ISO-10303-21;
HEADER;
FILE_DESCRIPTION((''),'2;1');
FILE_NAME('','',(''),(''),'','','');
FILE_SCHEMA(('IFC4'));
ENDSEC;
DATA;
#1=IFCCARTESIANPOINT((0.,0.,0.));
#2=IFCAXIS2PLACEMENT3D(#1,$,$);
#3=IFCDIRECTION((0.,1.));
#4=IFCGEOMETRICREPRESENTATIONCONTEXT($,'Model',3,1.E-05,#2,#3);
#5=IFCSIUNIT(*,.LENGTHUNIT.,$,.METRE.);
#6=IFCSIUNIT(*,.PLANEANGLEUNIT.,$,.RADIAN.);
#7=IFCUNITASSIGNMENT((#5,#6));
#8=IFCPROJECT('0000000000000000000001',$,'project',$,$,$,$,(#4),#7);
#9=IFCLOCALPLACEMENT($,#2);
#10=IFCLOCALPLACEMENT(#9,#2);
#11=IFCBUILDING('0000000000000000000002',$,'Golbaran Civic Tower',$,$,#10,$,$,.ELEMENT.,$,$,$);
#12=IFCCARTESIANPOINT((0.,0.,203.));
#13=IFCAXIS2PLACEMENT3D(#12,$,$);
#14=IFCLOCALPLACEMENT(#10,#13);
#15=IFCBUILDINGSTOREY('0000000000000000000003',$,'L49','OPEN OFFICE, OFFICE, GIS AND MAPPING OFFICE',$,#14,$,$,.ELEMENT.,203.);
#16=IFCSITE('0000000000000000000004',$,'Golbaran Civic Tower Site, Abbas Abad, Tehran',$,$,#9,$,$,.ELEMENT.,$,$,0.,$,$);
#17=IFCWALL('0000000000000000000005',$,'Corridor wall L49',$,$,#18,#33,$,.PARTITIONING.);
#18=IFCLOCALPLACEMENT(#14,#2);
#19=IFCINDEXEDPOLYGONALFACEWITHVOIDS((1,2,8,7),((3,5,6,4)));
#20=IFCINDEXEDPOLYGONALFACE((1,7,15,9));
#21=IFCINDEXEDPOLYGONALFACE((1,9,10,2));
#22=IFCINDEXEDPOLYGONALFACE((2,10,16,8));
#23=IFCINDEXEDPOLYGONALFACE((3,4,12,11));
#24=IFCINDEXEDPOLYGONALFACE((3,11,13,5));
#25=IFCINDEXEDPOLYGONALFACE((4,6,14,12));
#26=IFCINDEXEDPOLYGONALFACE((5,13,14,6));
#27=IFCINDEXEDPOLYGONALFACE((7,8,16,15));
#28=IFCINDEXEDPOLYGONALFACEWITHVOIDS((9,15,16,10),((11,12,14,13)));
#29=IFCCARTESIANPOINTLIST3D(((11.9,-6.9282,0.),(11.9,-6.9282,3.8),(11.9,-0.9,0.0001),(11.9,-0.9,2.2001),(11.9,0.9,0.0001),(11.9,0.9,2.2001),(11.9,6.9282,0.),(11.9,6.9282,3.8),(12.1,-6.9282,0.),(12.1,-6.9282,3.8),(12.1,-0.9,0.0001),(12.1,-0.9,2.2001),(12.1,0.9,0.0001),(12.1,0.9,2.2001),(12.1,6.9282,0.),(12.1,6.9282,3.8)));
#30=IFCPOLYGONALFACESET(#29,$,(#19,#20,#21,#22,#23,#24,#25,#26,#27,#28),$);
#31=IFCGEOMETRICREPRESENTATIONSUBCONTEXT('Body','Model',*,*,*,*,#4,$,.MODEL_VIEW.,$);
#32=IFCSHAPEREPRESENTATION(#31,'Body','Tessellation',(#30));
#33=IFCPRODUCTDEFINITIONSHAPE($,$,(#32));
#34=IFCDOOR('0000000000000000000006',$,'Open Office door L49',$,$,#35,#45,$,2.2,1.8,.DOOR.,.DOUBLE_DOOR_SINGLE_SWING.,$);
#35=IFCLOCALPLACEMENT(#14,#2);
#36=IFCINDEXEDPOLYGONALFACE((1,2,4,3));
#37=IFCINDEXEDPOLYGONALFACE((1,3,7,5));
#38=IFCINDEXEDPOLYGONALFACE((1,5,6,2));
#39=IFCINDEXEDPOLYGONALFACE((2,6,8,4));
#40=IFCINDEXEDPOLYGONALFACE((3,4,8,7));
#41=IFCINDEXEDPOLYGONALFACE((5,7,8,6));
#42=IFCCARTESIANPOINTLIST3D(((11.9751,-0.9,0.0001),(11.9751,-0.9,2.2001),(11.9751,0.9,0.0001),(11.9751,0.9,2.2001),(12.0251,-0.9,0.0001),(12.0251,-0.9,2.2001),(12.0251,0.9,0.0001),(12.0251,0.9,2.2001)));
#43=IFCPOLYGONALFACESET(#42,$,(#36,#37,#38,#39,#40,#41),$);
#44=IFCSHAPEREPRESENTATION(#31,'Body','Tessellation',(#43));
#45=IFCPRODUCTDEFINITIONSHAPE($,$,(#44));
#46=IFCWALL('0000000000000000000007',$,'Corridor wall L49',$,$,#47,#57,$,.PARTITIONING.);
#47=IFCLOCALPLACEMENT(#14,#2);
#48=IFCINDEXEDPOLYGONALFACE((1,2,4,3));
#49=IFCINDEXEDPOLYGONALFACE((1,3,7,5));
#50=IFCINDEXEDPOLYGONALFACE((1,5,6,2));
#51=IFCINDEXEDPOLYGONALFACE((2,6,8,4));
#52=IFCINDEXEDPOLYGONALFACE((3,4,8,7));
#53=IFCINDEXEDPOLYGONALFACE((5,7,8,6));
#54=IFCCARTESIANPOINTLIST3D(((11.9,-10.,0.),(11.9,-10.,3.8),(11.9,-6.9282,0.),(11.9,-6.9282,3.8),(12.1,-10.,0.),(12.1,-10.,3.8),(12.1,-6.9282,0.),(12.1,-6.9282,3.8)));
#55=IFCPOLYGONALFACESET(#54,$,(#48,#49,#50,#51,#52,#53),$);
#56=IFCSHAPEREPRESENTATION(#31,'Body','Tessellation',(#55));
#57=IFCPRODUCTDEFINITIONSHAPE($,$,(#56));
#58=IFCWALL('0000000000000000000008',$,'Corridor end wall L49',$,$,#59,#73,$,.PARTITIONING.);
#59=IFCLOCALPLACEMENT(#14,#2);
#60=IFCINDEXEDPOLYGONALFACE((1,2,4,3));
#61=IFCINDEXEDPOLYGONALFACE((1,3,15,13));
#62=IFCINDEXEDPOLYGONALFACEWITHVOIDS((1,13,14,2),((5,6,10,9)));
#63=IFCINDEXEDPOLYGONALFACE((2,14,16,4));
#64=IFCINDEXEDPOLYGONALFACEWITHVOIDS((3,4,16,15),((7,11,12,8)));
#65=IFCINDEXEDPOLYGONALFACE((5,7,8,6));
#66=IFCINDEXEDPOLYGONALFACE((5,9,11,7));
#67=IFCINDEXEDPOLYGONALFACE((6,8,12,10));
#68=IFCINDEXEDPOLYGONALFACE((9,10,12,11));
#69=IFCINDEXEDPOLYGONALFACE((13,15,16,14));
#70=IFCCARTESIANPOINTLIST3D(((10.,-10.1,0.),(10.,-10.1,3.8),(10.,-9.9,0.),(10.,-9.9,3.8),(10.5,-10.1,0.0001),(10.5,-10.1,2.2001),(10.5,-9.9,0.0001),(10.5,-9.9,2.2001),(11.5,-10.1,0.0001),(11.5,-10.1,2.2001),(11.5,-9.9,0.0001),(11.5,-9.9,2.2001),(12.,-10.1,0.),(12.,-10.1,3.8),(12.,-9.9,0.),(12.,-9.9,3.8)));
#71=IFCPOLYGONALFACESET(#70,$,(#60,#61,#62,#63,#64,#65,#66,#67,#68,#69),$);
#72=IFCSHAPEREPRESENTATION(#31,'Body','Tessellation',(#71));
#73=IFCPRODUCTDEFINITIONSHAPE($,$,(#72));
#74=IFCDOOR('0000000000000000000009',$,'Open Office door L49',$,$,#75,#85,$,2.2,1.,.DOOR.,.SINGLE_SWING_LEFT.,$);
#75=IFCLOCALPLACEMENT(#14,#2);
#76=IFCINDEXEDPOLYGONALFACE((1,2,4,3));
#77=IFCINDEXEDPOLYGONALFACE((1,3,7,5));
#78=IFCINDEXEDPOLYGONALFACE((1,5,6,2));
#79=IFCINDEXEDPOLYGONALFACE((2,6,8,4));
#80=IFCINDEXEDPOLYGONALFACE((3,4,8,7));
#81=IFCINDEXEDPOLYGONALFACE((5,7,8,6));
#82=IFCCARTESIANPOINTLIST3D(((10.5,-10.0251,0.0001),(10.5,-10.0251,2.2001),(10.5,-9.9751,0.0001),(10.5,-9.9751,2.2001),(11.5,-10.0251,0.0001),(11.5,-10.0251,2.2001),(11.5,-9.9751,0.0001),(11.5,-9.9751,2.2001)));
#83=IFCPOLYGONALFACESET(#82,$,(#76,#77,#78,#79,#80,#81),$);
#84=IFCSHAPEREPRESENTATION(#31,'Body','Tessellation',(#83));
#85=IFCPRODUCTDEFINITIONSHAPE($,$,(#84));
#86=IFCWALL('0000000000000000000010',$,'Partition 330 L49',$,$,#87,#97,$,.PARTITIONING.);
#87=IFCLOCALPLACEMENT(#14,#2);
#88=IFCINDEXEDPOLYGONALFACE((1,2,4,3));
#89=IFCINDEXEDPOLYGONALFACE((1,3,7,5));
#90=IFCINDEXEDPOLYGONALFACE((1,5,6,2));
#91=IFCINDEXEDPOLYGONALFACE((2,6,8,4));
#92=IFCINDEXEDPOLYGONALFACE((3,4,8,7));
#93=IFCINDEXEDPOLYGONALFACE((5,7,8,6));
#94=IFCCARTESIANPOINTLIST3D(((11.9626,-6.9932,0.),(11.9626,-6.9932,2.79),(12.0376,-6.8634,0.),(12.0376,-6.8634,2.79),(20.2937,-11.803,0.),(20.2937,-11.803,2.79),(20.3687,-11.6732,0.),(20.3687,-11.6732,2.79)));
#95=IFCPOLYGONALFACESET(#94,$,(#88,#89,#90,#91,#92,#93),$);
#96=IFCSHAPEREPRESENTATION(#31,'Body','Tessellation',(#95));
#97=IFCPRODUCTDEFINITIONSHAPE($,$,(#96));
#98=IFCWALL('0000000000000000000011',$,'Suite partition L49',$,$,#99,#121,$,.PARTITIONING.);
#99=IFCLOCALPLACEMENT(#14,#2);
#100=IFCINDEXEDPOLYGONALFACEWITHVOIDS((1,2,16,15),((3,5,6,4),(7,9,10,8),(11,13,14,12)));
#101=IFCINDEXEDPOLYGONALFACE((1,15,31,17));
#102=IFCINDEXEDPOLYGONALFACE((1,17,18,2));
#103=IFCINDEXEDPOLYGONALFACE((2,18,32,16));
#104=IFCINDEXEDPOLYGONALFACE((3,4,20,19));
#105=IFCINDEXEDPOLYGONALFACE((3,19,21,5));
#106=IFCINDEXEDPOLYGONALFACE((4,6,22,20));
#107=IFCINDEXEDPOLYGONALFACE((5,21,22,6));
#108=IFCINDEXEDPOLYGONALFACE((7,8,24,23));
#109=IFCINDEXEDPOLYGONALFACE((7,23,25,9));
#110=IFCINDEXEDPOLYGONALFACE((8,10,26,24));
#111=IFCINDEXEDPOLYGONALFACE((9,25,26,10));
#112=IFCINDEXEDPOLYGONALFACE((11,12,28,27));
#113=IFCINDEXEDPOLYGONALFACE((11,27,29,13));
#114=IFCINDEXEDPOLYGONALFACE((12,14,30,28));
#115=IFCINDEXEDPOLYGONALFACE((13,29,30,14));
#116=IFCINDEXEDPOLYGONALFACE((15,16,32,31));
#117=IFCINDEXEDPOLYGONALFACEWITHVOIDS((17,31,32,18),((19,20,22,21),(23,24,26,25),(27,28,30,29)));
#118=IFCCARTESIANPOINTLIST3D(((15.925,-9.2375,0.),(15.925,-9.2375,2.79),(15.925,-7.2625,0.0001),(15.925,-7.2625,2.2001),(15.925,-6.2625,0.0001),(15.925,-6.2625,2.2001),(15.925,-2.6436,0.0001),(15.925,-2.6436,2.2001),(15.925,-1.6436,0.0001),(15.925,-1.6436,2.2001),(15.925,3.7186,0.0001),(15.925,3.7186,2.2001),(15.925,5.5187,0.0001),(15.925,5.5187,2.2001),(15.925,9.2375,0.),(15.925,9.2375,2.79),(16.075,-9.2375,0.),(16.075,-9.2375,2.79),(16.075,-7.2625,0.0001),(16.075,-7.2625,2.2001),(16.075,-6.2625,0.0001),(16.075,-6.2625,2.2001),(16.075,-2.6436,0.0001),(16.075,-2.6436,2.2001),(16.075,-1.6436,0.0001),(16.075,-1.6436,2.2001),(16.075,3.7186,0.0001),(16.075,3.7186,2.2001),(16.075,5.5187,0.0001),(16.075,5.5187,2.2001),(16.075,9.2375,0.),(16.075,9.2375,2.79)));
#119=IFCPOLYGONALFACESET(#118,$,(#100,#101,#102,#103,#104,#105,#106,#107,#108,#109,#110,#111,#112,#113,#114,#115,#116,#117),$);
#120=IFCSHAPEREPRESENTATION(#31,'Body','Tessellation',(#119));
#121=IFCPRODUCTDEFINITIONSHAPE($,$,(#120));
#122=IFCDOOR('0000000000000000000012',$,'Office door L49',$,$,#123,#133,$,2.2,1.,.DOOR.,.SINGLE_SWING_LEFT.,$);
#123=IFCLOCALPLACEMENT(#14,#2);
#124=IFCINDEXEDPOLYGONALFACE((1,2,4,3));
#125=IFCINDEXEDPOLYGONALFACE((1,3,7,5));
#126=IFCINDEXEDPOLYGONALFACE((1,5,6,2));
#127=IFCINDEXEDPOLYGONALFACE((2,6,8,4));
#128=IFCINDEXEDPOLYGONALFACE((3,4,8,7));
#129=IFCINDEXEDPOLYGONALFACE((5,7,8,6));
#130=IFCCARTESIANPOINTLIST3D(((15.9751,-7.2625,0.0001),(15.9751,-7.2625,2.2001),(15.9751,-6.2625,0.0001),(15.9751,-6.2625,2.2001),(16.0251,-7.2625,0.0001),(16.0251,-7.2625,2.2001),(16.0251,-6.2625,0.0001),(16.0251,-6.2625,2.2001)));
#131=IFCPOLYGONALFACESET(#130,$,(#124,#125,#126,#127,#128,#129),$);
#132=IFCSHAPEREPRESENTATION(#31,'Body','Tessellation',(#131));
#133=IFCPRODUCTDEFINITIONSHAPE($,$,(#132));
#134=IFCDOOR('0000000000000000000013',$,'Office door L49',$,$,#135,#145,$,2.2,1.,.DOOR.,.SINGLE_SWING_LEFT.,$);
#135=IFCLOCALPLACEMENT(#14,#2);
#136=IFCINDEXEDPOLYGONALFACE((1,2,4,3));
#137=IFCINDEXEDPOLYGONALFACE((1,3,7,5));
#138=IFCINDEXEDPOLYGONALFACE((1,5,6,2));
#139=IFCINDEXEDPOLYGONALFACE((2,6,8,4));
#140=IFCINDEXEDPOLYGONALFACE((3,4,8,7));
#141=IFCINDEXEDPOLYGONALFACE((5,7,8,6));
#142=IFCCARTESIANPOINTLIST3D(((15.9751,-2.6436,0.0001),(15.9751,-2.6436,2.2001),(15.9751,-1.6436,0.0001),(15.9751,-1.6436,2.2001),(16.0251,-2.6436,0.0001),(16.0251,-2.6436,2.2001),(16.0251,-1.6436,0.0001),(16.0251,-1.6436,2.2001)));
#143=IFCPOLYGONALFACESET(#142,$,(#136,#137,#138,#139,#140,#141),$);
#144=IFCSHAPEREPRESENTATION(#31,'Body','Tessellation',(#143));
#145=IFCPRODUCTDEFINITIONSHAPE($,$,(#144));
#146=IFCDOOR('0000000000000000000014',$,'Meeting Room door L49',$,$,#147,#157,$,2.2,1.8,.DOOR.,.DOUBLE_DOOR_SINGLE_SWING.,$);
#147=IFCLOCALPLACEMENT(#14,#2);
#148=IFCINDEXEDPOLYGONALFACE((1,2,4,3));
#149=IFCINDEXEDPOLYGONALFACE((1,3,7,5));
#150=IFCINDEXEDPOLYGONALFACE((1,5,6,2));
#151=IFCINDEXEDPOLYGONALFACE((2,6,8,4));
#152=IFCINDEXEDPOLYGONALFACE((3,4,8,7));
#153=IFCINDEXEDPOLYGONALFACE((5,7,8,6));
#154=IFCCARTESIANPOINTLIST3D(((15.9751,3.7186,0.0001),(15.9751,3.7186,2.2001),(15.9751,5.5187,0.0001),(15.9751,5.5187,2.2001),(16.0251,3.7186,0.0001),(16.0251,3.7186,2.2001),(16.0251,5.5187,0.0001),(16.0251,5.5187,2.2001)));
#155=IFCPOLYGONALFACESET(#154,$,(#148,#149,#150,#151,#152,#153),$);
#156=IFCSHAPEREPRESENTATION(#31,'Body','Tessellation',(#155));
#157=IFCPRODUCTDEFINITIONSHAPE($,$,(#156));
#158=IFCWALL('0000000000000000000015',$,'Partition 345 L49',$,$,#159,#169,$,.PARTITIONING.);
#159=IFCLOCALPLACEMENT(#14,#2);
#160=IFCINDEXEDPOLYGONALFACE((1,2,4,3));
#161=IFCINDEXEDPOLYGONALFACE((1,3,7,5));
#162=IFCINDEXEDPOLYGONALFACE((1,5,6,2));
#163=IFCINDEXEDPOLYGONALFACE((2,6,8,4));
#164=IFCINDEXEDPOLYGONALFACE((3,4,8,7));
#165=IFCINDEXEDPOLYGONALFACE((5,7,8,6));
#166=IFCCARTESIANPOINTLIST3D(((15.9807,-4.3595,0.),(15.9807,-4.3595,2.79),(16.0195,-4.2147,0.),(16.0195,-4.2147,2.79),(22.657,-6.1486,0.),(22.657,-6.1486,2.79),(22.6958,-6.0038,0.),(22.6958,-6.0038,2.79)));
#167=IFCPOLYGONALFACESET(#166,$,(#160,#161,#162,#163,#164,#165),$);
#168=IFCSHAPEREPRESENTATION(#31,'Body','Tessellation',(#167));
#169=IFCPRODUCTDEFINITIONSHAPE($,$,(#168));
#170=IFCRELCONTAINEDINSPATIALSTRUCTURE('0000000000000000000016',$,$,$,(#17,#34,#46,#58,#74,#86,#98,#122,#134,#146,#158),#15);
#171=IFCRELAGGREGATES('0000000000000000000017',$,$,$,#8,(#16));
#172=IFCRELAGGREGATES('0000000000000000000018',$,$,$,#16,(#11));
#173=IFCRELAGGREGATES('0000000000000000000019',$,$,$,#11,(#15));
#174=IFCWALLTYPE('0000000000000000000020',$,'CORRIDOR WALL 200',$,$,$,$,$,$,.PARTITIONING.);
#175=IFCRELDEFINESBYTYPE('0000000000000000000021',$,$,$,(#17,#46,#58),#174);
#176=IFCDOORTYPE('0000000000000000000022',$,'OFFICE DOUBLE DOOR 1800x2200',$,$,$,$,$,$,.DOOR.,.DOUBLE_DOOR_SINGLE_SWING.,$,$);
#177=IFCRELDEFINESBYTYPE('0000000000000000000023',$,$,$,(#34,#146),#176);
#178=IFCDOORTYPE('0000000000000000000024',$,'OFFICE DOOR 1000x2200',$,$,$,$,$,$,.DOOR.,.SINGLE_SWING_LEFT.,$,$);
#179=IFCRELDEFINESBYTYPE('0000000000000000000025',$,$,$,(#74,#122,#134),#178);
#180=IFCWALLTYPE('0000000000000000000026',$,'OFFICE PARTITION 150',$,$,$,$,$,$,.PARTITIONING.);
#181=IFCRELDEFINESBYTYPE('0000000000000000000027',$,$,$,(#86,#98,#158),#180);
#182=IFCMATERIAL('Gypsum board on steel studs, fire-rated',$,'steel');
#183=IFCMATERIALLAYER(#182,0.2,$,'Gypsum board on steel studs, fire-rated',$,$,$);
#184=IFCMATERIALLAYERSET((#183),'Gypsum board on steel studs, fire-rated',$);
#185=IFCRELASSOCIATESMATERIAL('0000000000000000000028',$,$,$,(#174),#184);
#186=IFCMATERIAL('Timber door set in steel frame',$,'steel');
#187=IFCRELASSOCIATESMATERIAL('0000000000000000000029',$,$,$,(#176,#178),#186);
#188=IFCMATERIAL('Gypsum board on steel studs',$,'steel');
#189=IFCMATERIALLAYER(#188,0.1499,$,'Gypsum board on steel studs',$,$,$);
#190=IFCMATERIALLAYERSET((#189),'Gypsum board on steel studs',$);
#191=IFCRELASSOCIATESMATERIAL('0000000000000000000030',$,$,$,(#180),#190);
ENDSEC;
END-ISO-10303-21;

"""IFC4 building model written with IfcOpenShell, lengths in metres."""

from ifc_helpers import new_model, si_unit, direction, frame, frame_2d, origin, place, context, subcontext, project, spatial, rectangle, extrude, material, layer, layer_set, type_object, element, fill, save


model = new_model("IFC4")

# Units and contexts
model_context = context("Model", 3, precision=1e-05, world=origin(), true_north=direction((0.0, 1.0)))
body_context = subcontext(model_context, "Body", "Model", "MODEL_VIEW")
ifc_project = project(units=[si_unit("LENGTHUNIT", "METRE"), si_unit("PLANEANGLEUNIT", "RADIAN")], contexts=[model_context])

# Site, building, storey
site_placement = place(None, origin())
site = spatial("IfcSite", under=ifc_project, at=site_placement, Name="Golbaran Civic Tower Site, Abbas Abad, Tehran", CompositionType="ELEMENT", RefElevation=0.0)
building_placement = place(site_placement, origin())
building = spatial("IfcBuilding", under=site, at=building_placement, Name="Golbaran Civic Tower", CompositionType="ELEMENT")
storey_placement = place(building_placement, frame((0.0, 0.0, 203.0)))
storey = spatial("IfcBuildingStorey", under=building, at=storey_placement, Name="L49", Description="OPEN OFFICE, OFFICE, GIS AND MAPPING OFFICE", CompositionType="ELEMENT", Elevation=203.0)

# Wall, opening, door
ifc_material_1 = material(Name="Timber door set in steel frame", Category="steel")
ifc_material_2 = material(Name="Gypsum board on steel studs, fire-rated", Category="steel")
ifc_layer_1 = layer(ifc_material_2, 0.2, Name="Gypsum board on steel studs, fire-rated")
ifc_layer_set_1 = layer_set([ifc_layer_1], Name="Gypsum board on steel studs, fire-rated")
wall_type_1 = type_object("IfcWallType", Name="CORRIDOR WALL 200", PredefinedType="PARTITIONING", material=ifc_layer_set_1)
wall_1_placement = place(storey_placement, frame((12.0, -6.9282, 0.0), z_axis=(0.0, 0.0, 1.0), x_axis=(0.0, 1.0, 0.0)))
wall_1 = element("IfcWall", 1, at=wall_1_placement, inside=storey, type_object=wall_type_1, Name="Corridor wall L49", PredefinedType="PARTITIONING", context=body_context, shape_type="SweptSolid", body=[
    extrude(rectangle(XDim=13.8564, YDim=0.2, at=frame_2d((6.9282, 0.0))), origin(), (0.0, 0.0, 1.0), 3.8),
])
opening_1_placement = place(wall_1_placement, frame((6.0283, 0.0, 0.0)))
opening_1 = element("IfcOpeningElement", 2, at=opening_1_placement, cuts=wall_1, PredefinedType="OPENING", context=body_context, shape_type="SweptSolid", body=[
    extrude(rectangle(XDim=1.8, YDim=2.2, at=frame_2d((0.8999, 1.1001))), frame((0.0, 0.1099, 0.0), z_axis=(0.0, -1.0, 0.0), x_axis=(1.0, 0.0, 0.0)), (0.0, 0.0, 1.0), 0.22),
])
door_type_1 = type_object("IfcDoorType", Name="OFFICE DOUBLE DOOR 1800x2200", OperationType="DOUBLE_DOOR_SINGLE_SWING", PredefinedType="DOOR", material=ifc_material_1)
door_1_placement = place(opening_1_placement, origin())
door_1 = element("IfcDoor", 3, at=door_1_placement, inside=storey, type_object=door_type_1, Name="Open Office door L49", OperationType="DOUBLE_DOOR_SINGLE_SWING", OverallHeight=2.2, OverallWidth=1.8, PredefinedType="DOOR", context=body_context, shape_type="SweptSolid", body=[
    extrude(rectangle(XDim=1.8, YDim=2.2, at=frame_2d((0.8999, 1.1001))), frame((0.0, 0.0249, 0.0), z_axis=(0.0, -1.0, 0.0), x_axis=(1.0, 0.0, 0.0)), (0.0, 0.0, 1.0), 0.05),
])
fill(opening_1, door_1)

# Wall
wall_2_placement = place(storey_placement, frame((12.0, -10.0, 0.0), z_axis=(0.0, 0.0, 1.0), x_axis=(0.0, 1.0, 0.0)))
element("IfcWall", 4, at=wall_2_placement, inside=storey, type_object=wall_type_1, Name="Corridor wall L49", PredefinedType="PARTITIONING", context=body_context, shape_type="SweptSolid", body=[
    extrude(rectangle(XDim=3.0718, YDim=0.2, at=frame_2d((1.5359, 0.0))), origin(), (0.0, 0.0, 1.0), 3.8),
])

# Wall, opening, door
wall_3_placement = place(storey_placement, frame((10.0, -10.0, 0.0), z_axis=(0.0, 0.0, 1.0), x_axis=(1.0, 0.0, 0.0)))
wall_3 = element("IfcWall", 5, at=wall_3_placement, inside=storey, type_object=wall_type_1, Name="Corridor end wall L49", PredefinedType="PARTITIONING", context=body_context, shape_type="SweptSolid", body=[
    extrude(rectangle(XDim=2.0, YDim=0.2, at=frame_2d((1.0, 0.0))), origin(), (0.0, 0.0, 1.0), 3.8),
])
opening_2_placement = place(wall_3_placement, frame((0.5, 0.0, 0.0)))
opening_2 = element("IfcOpeningElement", 6, at=opening_2_placement, cuts=wall_3, PredefinedType="OPENING", context=body_context, shape_type="SweptSolid", body=[
    extrude(rectangle(XDim=1.0, YDim=2.2, at=frame_2d((0.5, 1.1001))), frame((0.0, 0.1099, 0.0), z_axis=(0.0, -1.0, 0.0), x_axis=(1.0, 0.0, 0.0)), (0.0, 0.0, 1.0), 0.22),
])
door_type_2 = type_object("IfcDoorType", Name="OFFICE DOOR 1000x2200", OperationType="SINGLE_SWING_LEFT", PredefinedType="DOOR", material=ifc_material_1)
door_2_placement = place(opening_2_placement, origin())
door_2 = element("IfcDoor", 7, at=door_2_placement, inside=storey, type_object=door_type_2, Name="Open Office door L49", OperationType="SINGLE_SWING_LEFT", OverallHeight=2.2, OverallWidth=1.0, PredefinedType="DOOR", context=body_context, shape_type="SweptSolid", body=[
    extrude(rectangle(XDim=1.0, YDim=2.2, at=frame_2d((0.5, 1.1001))), frame((0.0, 0.0249, 0.0), z_axis=(0.0, -1.0, 0.0), x_axis=(1.0, 0.0, 0.0)), (0.0, 0.0, 1.0), 0.05),
])
fill(opening_2, door_2)

# Wall
ifc_material_3 = material(Name="Gypsum board on steel studs", Category="steel")
ifc_layer_2 = layer(ifc_material_3, 0.1499, Name="Gypsum board on steel studs")
ifc_layer_set_2 = layer_set([ifc_layer_2], Name="Gypsum board on steel studs")
wall_type_2 = type_object("IfcWallType", Name="OFFICE PARTITION 150", PredefinedType="PARTITIONING", material=ifc_layer_set_2)
wall_4_placement = place(storey_placement, frame((12.0, -6.9282, 0.0), z_axis=(0.0, 0.0, 1.0), x_axis=(0.866031, -0.49999, 0.0)))
element("IfcWall", 8, at=wall_4_placement, inside=storey, type_object=wall_type_2, Name="Partition 330 L49", PredefinedType="PARTITIONING", context=body_context, shape_type="SweptSolid", body=[
    extrude(rectangle(XDim=9.6199, YDim=0.1499, at=frame_2d((4.8101, 0.0))), origin(), (0.0, 0.0, 1.0), 2.79),
])

# Wall, openings, doors
wall_5_placement = place(storey_placement, frame((16.0, -9.2375, 0.0), z_axis=(0.0, 0.0, 1.0), x_axis=(0.0, 1.0, 0.0)))
wall_5 = element("IfcWall", 9, at=wall_5_placement, inside=storey, type_object=wall_type_2, Name="Suite partition L49", PredefinedType="PARTITIONING", context=body_context, shape_type="SweptSolid", body=[
    extrude(rectangle(XDim=18.4751, YDim=0.1499, at=frame_2d((9.2375, 0.0))), origin(), (0.0, 0.0, 1.0), 2.79),
])
opening_3_placement = place(wall_5_placement, frame((1.9751, 0.0, 0.0)))
opening_3 = element("IfcOpeningElement", 10, at=opening_3_placement, cuts=wall_5, PredefinedType="OPENING", context=body_context, shape_type="SweptSolid", body=[
    extrude(rectangle(XDim=1.0, YDim=2.2, at=frame_2d((0.5, 1.1001))), frame((0.0, 0.085, 0.0), z_axis=(0.0, -1.0, 0.0), x_axis=(1.0, 0.0, 0.0)), (0.0, 0.0, 1.0), 0.1699),
])
opening_4_placement = place(wall_5_placement, frame((6.594, 0.0, 0.0)))
opening_4 = element("IfcOpeningElement", 11, at=opening_4_placement, cuts=wall_5, PredefinedType="OPENING", context=body_context, shape_type="SweptSolid", body=[
    extrude(rectangle(XDim=1.0, YDim=2.2, at=frame_2d((0.5, 1.1001))), frame((0.0, 0.085, 0.0), z_axis=(0.0, -1.0, 0.0), x_axis=(1.0, 0.0, 0.0)), (0.0, 0.0, 1.0), 0.1699),
])
opening_5_placement = place(wall_5_placement, frame((12.9563, 0.0, 0.0)))
opening_5 = element("IfcOpeningElement", 12, at=opening_5_placement, cuts=wall_5, PredefinedType="OPENING", context=body_context, shape_type="SweptSolid", body=[
    extrude(rectangle(XDim=1.8, YDim=2.2, at=frame_2d((0.8999, 1.1001))), frame((0.0, 0.085, 0.0), z_axis=(0.0, -1.0, 0.0), x_axis=(1.0, 0.0, 0.0)), (0.0, 0.0, 1.0), 0.1699),
])
door_3_placement = place(opening_3_placement, origin())
door_3 = element("IfcDoor", 13, at=door_3_placement, inside=storey, type_object=door_type_2, Name="Office door L49", OperationType="SINGLE_SWING_LEFT", OverallHeight=2.2, OverallWidth=1.0, PredefinedType="DOOR", context=body_context, shape_type="SweptSolid", body=[
    extrude(rectangle(XDim=1.0, YDim=2.2, at=frame_2d((0.5, 1.1001))), frame((0.0, 0.0249, 0.0), z_axis=(0.0, -1.0, 0.0), x_axis=(1.0, 0.0, 0.0)), (0.0, 0.0, 1.0), 0.05),
])
fill(opening_3, door_3)
door_4_placement = place(opening_4_placement, origin())
door_4 = element("IfcDoor", 14, at=door_4_placement, inside=storey, type_object=door_type_2, Name="Office door L49", OperationType="SINGLE_SWING_LEFT", OverallHeight=2.2, OverallWidth=1.0, PredefinedType="DOOR", context=body_context, shape_type="SweptSolid", body=[
    extrude(rectangle(XDim=1.0, YDim=2.2, at=frame_2d((0.5, 1.1001))), frame((0.0, 0.0249, 0.0), z_axis=(0.0, -1.0, 0.0), x_axis=(1.0, 0.0, 0.0)), (0.0, 0.0, 1.0), 0.05),
])
fill(opening_4, door_4)
door_5_placement = place(opening_5_placement, origin())
door_5 = element("IfcDoor", 15, at=door_5_placement, inside=storey, type_object=door_type_1, Name="Meeting Room door L49", OperationType="DOUBLE_DOOR_SINGLE_SWING", OverallHeight=2.2, OverallWidth=1.8, PredefinedType="DOOR", context=body_context, shape_type="SweptSolid", body=[
    extrude(rectangle(XDim=1.8, YDim=2.2, at=frame_2d((0.8999, 1.1001))), frame((0.0, 0.0249, 0.0), z_axis=(0.0, -1.0, 0.0), x_axis=(1.0, 0.0, 0.0)), (0.0, 0.0, 1.0), 0.05),
])
fill(opening_5, door_5)

# Wall
wall_6_placement = place(storey_placement, frame((16.0, -4.2871, 0.0), z_axis=(0.0, 0.0, 1.0), x_axis=(0.96592, -0.258841, 0.0)))
element("IfcWall", 16, at=wall_6_placement, inside=storey, type_object=wall_type_2, Name="Partition 345 L49", PredefinedType="PARTITIONING", context=body_context, shape_type="SweptSolid", body=[
    extrude(rectangle(XDim=6.9119, YDim=0.1499, at=frame_2d((3.4561, 0.0))), origin(), (0.0, 0.0, 1.0), 2.79),
])

save(model, "model.ifc")
